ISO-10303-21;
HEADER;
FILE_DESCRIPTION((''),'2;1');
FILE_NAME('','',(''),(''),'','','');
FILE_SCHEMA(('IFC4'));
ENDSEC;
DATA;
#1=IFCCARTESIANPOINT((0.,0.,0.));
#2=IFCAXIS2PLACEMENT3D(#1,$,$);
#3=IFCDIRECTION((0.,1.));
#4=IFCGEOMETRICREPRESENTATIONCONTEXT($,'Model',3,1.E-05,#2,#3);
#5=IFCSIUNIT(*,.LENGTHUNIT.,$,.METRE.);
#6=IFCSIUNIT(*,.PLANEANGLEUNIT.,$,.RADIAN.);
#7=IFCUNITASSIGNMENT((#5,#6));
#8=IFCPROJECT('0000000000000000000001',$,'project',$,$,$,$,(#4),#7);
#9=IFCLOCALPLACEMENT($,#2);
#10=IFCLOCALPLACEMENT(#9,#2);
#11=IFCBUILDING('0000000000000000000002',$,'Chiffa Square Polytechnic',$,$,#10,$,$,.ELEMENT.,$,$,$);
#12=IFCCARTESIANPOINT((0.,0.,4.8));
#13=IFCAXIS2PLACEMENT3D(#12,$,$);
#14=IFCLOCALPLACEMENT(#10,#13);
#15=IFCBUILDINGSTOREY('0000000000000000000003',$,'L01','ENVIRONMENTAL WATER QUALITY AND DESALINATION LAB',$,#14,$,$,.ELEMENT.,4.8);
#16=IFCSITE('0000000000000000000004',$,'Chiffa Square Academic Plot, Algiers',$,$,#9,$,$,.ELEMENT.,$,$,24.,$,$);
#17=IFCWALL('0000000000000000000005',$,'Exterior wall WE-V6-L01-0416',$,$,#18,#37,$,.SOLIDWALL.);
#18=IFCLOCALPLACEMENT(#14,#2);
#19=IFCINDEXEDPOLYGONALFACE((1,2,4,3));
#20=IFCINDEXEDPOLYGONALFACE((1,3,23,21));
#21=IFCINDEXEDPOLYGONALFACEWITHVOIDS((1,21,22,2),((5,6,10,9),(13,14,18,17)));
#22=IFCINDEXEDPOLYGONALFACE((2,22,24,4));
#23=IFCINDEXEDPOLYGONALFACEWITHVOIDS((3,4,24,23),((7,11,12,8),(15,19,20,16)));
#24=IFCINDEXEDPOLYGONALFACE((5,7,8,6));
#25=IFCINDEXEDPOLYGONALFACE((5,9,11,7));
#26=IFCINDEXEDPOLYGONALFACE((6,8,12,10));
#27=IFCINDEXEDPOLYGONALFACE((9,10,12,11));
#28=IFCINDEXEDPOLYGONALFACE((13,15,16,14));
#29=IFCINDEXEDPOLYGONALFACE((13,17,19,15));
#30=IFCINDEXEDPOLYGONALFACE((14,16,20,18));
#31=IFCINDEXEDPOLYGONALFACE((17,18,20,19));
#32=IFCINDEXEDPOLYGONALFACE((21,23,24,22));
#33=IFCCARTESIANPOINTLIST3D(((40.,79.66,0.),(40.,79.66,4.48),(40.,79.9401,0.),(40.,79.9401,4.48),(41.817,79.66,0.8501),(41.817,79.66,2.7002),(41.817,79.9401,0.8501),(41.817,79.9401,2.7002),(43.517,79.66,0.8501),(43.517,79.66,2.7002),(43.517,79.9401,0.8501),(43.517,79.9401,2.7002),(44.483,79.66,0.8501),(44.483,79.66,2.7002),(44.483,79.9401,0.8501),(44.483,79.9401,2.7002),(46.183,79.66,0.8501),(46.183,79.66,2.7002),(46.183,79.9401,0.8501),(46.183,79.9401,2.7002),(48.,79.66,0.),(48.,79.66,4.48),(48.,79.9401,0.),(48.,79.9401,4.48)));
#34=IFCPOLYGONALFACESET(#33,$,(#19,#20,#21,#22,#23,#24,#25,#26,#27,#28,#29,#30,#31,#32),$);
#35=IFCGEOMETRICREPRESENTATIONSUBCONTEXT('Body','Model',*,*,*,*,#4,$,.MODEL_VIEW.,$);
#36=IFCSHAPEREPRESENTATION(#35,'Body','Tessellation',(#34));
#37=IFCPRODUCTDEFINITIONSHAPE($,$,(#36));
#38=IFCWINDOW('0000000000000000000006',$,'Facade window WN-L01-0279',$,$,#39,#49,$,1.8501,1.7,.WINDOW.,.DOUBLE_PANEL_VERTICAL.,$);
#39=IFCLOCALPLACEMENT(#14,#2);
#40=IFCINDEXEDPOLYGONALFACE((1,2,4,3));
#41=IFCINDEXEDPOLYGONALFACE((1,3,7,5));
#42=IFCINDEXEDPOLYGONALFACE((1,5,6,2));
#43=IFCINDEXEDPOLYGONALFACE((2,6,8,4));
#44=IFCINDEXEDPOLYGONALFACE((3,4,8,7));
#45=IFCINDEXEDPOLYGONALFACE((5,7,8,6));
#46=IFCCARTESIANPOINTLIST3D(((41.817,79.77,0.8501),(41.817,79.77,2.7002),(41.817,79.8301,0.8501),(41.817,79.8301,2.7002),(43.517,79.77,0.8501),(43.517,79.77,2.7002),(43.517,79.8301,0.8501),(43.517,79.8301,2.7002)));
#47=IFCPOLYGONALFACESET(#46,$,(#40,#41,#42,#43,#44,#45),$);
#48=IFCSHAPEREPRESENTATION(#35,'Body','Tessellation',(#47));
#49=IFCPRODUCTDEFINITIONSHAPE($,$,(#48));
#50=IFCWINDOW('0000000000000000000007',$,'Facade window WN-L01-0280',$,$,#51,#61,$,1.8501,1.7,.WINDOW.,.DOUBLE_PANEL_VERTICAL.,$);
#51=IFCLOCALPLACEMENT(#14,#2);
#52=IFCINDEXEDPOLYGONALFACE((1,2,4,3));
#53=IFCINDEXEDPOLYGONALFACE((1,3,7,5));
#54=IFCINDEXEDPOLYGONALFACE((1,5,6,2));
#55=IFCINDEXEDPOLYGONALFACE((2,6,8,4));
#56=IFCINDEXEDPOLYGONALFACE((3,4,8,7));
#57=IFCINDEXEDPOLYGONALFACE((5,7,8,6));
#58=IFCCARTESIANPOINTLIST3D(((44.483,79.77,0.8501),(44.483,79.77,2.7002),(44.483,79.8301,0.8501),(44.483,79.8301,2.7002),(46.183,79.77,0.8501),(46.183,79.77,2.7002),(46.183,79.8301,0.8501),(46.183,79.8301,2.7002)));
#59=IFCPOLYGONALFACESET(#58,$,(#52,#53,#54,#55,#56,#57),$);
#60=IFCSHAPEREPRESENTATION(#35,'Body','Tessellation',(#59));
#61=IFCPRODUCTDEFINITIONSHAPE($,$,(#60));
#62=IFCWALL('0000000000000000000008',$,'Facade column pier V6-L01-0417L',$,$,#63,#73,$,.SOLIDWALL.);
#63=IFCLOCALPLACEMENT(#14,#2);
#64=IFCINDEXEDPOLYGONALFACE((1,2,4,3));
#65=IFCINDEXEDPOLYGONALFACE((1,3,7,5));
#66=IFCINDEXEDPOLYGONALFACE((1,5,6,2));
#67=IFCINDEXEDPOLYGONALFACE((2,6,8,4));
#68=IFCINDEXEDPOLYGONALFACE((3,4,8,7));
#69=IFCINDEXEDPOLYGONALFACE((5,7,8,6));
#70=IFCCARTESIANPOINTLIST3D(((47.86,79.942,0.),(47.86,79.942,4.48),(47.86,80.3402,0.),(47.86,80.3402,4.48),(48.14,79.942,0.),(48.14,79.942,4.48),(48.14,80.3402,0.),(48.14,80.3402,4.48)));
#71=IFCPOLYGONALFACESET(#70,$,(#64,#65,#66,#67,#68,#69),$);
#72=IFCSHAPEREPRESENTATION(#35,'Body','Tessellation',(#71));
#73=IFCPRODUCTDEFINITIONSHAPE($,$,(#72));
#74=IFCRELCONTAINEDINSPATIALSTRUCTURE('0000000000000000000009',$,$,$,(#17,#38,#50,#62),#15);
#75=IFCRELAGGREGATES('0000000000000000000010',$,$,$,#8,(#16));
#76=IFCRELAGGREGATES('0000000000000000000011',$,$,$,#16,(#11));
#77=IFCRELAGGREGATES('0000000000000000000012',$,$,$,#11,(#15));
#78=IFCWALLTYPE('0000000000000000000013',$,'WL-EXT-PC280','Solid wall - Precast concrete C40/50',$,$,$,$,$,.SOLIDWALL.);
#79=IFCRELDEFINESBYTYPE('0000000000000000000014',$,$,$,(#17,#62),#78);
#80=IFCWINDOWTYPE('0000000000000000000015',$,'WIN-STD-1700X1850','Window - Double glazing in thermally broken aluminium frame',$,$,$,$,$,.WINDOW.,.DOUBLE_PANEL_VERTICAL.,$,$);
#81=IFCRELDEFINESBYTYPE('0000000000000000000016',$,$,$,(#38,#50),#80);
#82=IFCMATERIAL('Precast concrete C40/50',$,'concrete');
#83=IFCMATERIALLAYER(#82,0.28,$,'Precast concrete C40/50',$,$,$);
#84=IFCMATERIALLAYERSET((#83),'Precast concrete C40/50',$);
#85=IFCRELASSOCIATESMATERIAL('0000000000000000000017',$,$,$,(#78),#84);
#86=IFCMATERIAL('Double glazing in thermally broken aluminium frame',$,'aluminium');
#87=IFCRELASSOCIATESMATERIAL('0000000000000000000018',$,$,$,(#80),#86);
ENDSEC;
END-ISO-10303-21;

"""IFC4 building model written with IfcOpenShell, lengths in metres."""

from ifc_helpers import new_model, si_unit, direction, frame, frame_2d, origin, place, context, subcontext, project, spatial, rectangle, extrude, material, layer, layer_set, type_object, element, fill, save


model = new_model("IFC4")

# Units and contexts
model_context = context("Model", 3, precision=1e-05, world=origin(), true_north=direction((0.0, 1.0)))
body_context = subcontext(model_context, "Body", "Model", "MODEL_VIEW")
ifc_project = project(units=[si_unit("LENGTHUNIT", "METRE"), si_unit("PLANEANGLEUNIT", "RADIAN")], contexts=[model_context])

# Site, building, storey
site_placement = place(None, origin())
site = spatial("IfcSite", under=ifc_project, at=site_placement, Name="Chiffa Square Academic Plot, Algiers", CompositionType="ELEMENT", RefElevation=24.0)
building_placement = place(site_placement, origin())
building = spatial("IfcBuilding", under=site, at=building_placement, Name="Chiffa Square Polytechnic", CompositionType="ELEMENT")
storey_placement = place(building_placement, frame((0.0, 0.0, 4.8)))
storey = spatial("IfcBuildingStorey", under=building, at=storey_placement, Name="L01", Description="ENVIRONMENTAL WATER QUALITY AND DESALINATION LAB", CompositionType="ELEMENT", Elevation=4.8)

# Shared definitions
ifc_material_1 = material(Name="Precast concrete C40/50", Category="concrete")

# Wall, openings, windows
ifc_layer_1 = layer(ifc_material_1, 0.28, Name="Precast concrete C40/50")
ifc_layer_set_1 = layer_set([ifc_layer_1], Name="Precast concrete C40/50")
wall_type_1 = type_object("IfcWallType", Name="WL-EXT-PC280", Description="Solid wall - Precast concrete C40/50", PredefinedType="SOLIDWALL", material=ifc_layer_set_1)
wall_1_placement = place(storey_placement, frame((40.0, 79.8, 0.0), z_axis=(0.0, 0.0, 1.0), x_axis=(1.0, 0.0, 0.0)))
wall_1 = element("IfcWall", 1, at=wall_1_placement, inside=storey, type_object=wall_type_1, Name="Exterior wall WE-V6-L01-0416", PredefinedType="SOLIDWALL", context=body_context, shape_type="SweptSolid", body=[
    extrude(rectangle(XDim=8.0, YDim=0.28, at=frame_2d((4.0, 0.0))), origin(), (0.0, 0.0, 1.0), 4.48),
])
opening_1_placement = place(wall_1_placement, frame((1.8169, 0.0, 0.8501)))
opening_1 = element("IfcOpeningElement", 2, at=opening_1_placement, cuts=wall_1, PredefinedType="OPENING", context=body_context, shape_type="SweptSolid", body=[
    extrude(rectangle(XDim=1.7, YDim=1.8501, at=frame_2d((0.8501, 0.925))), frame((0.0, 0.1499, 0.0), z_axis=(0.0, -1.0, 0.0), x_axis=(1.0, 0.0, 0.0)), (0.0, 0.0, 1.0), 0.3),
])
opening_2_placement = place(wall_1_placement, frame((4.4829, 0.0, 0.8501)))
opening_2 = element("IfcOpeningElement", 3, at=opening_2_placement, cuts=wall_1, PredefinedType="OPENING", context=body_context, shape_type="SweptSolid", body=[
    extrude(rectangle(XDim=1.7, YDim=1.8501, at=frame_2d((0.8501, 0.925))), frame((0.0, 0.1499, 0.0), z_axis=(0.0, -1.0, 0.0), x_axis=(1.0, 0.0, 0.0)), (0.0, 0.0, 1.0), 0.3),
])
ifc_material_2 = material(Name="Double glazing in thermally broken aluminium frame", Category="aluminium")
window_type = type_object("IfcWindowType", Name="WIN-STD-1700X1850", Description="Window - Double glazing in thermally broken aluminium frame", PartitioningType="DOUBLE_PANEL_VERTICAL", PredefinedType="WINDOW", material=ifc_material_2)
window_1_placement = place(opening_1_placement, origin())
window_1 = element("IfcWindow", 4, at=window_1_placement, inside=storey, type_object=window_type, Name="Facade window WN-L01-0279", OverallHeight=1.8501, OverallWidth=1.7, PartitioningType="DOUBLE_PANEL_VERTICAL", PredefinedType="WINDOW", context=body_context, shape_type="SweptSolid", body=[
    extrude(rectangle(XDim=1.7, YDim=1.8501, at=frame_2d((0.8501, 0.925))), frame((0.0, 0.03, 0.0), z_axis=(0.0, -1.0, 0.0), x_axis=(1.0, 0.0, 0.0)), (0.0, 0.0, 1.0), 0.0601),
])
fill(opening_1, window_1)
window_2_placement = place(opening_2_placement, origin())
window_2 = element("IfcWindow", 5, at=window_2_placement, inside=storey, type_object=window_type, Name="Facade window WN-L01-0280", OverallHeight=1.8501, OverallWidth=1.7, PartitioningType="DOUBLE_PANEL_VERTICAL", PredefinedType="WINDOW", context=body_context, shape_type="SweptSolid", body=[
    extrude(rectangle(XDim=1.7, YDim=1.8501, at=frame_2d((0.8501, 0.925))), frame((0.0, 0.03, 0.0), z_axis=(0.0, -1.0, 0.0), x_axis=(1.0, 0.0, 0.0)), (0.0, 0.0, 1.0), 0.0601),
])
fill(opening_2, window_2)

# Wall
wall_2_placement = place(storey_placement, frame((48.0, 79.9419, 0.0), z_axis=(0.0, 0.0, 1.0), x_axis=(0.0, 1.0, 0.0)))
element("IfcWall", 6, at=wall_2_placement, inside=storey, type_object=wall_type_1, Name="Facade column pier V6-L01-0417L", PredefinedType="SOLIDWALL", context=body_context, shape_type="SweptSolid", body=[
    extrude(rectangle(XDim=0.3982, YDim=0.28, at=frame_2d((0.1992, 0.0))), origin(), (0.0, 0.0, 1.0), 4.48),
])

save(model, "model.ifc")
